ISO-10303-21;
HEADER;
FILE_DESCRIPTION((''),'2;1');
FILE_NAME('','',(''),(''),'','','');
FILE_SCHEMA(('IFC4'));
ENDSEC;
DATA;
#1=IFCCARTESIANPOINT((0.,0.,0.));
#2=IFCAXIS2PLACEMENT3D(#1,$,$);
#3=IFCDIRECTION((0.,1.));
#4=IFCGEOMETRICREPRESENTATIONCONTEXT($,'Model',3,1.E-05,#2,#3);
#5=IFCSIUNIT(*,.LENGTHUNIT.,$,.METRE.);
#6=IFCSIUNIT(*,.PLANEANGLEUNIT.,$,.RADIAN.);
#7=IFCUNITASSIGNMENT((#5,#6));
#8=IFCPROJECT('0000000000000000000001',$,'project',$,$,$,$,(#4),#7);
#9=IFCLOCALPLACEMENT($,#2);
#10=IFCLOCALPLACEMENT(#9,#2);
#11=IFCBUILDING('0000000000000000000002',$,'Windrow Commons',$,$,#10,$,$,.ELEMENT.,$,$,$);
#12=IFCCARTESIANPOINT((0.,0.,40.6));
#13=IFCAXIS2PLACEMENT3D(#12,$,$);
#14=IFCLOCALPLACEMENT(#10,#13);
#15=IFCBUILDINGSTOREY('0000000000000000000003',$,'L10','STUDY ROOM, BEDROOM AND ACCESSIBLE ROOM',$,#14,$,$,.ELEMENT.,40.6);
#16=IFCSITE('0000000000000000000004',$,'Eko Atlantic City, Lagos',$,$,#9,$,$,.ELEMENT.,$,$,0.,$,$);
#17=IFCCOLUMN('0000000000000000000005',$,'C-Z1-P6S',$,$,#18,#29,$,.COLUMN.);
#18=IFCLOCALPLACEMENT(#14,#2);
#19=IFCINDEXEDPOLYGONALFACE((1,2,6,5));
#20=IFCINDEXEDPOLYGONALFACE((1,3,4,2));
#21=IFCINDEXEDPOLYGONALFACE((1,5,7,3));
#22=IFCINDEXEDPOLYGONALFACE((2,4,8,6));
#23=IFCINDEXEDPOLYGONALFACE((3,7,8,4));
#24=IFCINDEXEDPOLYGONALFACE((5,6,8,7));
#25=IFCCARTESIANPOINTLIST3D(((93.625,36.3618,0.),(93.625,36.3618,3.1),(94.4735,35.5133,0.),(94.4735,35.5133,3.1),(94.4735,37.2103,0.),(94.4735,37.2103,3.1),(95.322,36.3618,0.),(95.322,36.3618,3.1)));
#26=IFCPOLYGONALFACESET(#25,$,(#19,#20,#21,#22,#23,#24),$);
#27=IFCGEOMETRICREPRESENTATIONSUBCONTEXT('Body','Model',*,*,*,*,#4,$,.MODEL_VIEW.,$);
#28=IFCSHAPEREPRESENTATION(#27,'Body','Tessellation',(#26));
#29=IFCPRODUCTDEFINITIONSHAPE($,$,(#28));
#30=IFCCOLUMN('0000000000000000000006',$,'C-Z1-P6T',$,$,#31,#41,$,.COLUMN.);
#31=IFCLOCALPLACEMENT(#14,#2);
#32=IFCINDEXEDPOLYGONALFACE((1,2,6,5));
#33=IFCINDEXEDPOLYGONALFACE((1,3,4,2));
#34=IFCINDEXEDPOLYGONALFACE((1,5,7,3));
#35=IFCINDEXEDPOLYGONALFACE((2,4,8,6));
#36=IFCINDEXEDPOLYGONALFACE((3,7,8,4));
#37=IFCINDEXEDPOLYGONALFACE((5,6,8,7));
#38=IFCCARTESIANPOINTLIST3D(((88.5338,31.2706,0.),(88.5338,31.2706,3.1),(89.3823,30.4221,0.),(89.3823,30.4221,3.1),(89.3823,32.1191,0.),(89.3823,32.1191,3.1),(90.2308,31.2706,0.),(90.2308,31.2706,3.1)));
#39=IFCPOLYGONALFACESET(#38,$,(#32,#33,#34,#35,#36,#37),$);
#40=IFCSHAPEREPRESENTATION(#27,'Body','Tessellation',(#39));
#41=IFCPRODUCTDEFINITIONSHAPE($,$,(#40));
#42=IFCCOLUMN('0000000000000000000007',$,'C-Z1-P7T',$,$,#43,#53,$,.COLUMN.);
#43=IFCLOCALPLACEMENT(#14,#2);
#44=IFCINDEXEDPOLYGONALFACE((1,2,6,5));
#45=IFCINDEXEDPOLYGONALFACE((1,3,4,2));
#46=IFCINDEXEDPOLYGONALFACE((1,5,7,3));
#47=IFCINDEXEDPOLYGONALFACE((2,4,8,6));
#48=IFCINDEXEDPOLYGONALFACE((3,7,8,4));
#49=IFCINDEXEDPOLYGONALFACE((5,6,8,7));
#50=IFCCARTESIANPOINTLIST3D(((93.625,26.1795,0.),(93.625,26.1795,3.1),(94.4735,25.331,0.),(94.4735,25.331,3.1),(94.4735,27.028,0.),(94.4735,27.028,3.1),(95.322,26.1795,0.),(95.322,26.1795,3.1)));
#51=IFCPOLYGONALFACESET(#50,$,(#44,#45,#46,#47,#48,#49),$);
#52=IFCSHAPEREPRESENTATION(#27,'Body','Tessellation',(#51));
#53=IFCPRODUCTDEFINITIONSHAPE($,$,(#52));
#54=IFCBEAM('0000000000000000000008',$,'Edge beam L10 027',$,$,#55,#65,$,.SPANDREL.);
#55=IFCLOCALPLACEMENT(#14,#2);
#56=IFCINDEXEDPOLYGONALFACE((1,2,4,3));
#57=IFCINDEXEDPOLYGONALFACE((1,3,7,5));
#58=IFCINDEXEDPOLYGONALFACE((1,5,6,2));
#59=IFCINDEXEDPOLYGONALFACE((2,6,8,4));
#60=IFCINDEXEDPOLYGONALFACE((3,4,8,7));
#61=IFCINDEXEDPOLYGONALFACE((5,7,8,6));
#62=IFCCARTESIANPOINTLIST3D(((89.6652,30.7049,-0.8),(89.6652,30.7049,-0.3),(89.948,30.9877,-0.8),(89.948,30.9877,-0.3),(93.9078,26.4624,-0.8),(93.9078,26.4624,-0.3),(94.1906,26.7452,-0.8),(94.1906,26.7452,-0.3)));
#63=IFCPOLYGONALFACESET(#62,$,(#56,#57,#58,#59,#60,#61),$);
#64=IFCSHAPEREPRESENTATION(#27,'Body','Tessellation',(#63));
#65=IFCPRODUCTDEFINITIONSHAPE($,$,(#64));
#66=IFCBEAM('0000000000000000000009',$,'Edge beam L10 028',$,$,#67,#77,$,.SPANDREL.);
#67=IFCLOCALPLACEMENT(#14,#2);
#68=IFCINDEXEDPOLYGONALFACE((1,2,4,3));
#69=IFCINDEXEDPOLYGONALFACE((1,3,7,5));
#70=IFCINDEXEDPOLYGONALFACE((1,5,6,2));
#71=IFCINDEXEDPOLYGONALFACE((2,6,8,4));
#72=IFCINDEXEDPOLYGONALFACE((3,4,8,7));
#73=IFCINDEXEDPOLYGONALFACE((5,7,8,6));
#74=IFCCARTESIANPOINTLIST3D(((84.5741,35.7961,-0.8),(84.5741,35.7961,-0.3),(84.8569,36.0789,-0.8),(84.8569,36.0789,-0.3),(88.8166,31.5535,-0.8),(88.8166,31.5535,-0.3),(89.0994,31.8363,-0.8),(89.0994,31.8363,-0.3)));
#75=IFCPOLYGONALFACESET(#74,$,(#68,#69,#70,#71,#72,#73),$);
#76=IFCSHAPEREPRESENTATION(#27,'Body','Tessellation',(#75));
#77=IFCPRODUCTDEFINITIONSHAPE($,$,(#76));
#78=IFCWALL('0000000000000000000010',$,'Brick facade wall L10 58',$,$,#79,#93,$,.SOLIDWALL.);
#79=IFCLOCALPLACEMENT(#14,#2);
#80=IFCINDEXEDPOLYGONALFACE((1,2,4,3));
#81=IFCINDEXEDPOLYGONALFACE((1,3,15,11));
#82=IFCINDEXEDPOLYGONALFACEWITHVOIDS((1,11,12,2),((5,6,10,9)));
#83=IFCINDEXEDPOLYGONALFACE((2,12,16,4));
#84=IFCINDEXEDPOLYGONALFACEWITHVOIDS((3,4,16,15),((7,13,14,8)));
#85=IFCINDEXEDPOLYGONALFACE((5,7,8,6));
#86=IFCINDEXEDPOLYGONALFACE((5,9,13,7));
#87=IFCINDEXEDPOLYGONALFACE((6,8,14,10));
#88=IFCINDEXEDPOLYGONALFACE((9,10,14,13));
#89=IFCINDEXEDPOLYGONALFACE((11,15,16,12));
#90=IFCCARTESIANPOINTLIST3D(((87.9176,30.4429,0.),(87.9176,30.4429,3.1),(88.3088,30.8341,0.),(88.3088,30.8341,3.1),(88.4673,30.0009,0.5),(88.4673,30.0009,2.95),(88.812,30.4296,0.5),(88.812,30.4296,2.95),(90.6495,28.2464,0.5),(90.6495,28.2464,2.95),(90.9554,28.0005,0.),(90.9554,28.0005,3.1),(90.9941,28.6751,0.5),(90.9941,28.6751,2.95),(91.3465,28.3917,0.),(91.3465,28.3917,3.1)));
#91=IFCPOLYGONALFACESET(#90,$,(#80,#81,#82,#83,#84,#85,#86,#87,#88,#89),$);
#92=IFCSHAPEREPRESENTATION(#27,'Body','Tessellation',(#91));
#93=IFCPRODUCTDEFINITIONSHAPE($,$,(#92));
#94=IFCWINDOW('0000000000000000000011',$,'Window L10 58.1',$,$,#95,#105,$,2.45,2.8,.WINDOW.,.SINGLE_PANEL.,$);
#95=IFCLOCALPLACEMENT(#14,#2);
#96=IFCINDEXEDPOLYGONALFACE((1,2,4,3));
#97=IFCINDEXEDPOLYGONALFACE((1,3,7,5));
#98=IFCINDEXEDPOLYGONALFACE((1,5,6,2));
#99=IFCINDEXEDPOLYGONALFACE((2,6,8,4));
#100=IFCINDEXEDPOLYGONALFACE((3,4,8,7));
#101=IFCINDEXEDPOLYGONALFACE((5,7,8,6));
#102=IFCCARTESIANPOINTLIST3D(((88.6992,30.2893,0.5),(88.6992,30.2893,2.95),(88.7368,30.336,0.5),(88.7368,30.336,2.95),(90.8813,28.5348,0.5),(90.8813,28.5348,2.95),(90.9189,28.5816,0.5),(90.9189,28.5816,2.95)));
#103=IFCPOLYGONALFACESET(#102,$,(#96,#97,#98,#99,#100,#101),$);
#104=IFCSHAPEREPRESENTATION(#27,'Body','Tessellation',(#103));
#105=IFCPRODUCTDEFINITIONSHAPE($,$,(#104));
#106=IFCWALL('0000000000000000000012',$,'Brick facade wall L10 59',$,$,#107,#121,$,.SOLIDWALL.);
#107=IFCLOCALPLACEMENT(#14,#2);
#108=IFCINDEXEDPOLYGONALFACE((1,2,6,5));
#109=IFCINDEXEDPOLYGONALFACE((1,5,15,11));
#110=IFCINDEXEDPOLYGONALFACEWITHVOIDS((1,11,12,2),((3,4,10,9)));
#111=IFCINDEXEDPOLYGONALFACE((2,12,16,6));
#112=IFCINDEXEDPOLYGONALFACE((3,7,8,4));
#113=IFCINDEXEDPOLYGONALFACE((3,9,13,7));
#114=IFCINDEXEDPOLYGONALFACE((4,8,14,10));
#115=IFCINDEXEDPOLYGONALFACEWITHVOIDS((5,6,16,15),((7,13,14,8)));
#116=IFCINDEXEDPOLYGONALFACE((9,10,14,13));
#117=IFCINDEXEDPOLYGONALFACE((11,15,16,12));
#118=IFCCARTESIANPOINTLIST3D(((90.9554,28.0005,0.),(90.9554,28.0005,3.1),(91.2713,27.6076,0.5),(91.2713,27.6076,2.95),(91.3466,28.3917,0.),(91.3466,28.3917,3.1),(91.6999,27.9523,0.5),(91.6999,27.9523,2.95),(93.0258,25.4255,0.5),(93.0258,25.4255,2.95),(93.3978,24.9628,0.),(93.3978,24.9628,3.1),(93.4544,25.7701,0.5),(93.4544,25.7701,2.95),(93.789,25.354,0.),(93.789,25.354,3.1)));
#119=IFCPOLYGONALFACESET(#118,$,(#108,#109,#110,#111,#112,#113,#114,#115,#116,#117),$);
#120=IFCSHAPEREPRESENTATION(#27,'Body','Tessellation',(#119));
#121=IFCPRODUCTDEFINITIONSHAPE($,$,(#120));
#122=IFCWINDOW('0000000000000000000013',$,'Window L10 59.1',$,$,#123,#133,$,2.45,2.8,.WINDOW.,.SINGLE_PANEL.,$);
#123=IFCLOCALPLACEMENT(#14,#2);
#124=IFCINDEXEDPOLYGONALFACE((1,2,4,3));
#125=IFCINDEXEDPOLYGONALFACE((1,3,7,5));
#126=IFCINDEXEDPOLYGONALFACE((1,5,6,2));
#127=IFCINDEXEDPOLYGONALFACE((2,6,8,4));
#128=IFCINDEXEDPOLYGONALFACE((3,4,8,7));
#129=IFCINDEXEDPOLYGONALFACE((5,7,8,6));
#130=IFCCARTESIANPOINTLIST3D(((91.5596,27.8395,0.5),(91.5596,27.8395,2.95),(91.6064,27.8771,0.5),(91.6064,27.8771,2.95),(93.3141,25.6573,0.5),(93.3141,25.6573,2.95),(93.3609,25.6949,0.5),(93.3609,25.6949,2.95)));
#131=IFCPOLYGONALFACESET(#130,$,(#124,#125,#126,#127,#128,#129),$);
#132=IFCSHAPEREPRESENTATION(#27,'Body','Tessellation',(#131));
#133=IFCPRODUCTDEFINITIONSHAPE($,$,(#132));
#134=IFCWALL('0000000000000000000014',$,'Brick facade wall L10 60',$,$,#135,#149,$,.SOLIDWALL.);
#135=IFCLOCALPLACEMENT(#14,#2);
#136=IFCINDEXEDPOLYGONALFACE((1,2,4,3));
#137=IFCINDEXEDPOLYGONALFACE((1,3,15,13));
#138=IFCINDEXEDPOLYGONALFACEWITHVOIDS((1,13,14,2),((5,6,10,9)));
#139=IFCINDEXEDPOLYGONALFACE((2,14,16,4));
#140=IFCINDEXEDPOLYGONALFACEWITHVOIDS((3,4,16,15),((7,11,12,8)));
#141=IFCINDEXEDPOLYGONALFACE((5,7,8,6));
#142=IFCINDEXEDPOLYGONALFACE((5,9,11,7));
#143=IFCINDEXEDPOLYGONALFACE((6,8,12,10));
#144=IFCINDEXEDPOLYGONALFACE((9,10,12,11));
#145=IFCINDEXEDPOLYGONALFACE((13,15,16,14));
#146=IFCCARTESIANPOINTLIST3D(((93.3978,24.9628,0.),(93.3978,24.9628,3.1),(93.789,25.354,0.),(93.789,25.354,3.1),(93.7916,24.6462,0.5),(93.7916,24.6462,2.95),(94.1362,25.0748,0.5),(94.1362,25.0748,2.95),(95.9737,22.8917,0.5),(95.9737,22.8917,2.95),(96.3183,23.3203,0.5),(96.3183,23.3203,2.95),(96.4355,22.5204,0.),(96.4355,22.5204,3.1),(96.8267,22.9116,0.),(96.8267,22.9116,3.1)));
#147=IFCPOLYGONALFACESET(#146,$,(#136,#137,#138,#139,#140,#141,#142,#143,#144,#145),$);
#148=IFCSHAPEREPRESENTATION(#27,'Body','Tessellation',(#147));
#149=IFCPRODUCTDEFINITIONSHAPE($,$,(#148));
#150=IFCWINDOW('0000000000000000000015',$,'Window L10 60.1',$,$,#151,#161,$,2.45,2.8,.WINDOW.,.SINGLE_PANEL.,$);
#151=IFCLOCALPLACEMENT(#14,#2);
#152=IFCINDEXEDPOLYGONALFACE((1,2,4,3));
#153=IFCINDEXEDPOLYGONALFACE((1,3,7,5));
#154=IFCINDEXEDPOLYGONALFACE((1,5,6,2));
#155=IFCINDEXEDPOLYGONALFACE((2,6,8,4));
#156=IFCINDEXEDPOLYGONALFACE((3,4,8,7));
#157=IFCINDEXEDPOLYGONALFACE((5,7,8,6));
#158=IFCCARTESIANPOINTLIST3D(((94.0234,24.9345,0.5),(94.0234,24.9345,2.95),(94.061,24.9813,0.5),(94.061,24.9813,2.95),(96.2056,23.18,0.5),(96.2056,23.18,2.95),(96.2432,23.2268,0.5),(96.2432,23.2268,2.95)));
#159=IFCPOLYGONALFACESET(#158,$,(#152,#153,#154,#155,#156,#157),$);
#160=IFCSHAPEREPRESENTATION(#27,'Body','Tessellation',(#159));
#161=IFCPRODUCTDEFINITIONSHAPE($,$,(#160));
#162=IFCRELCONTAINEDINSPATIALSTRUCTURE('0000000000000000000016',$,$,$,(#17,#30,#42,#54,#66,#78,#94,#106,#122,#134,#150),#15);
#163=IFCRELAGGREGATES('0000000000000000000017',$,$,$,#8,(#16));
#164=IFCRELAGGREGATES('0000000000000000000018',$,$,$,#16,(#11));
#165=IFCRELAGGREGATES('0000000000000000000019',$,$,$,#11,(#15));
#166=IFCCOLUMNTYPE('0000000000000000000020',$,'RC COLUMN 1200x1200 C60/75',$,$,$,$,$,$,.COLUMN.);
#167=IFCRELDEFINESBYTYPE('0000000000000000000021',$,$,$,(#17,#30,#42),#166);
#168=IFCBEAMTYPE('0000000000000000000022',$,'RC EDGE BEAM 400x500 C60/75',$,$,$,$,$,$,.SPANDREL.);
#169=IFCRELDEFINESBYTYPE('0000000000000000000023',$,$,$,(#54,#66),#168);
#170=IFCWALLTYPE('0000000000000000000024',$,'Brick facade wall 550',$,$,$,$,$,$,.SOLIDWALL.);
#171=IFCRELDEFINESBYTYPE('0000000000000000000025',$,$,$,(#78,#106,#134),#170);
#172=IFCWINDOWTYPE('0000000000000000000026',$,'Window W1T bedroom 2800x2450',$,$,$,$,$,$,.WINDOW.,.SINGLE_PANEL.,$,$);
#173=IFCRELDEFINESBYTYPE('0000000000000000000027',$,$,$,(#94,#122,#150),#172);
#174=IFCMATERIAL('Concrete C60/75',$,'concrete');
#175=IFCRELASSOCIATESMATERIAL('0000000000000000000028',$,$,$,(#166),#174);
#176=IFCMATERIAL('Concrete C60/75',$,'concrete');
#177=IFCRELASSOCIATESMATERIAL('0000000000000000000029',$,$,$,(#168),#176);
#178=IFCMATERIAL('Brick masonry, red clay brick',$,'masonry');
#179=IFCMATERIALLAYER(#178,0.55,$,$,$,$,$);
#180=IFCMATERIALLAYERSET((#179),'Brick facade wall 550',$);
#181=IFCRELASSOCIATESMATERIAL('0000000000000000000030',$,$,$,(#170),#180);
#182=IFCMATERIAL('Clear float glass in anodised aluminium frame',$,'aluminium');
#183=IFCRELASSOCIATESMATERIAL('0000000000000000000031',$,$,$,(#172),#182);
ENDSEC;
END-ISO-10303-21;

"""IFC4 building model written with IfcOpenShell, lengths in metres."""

from ifc_helpers import new_model, si_unit, direction, frame, frame_2d, origin, origin_2d, place, context, subcontext, project, spatial, polyline, rectangle, outline, extrude, material, layer, layer_set, material_profile, profile_set, type_object, element, fill, save


model = new_model("IFC4")

# Units and contexts
model_context = context("Model", 3, precision=1e-05, world=origin(), true_north=direction((0.0, 1.0)))
body_context = subcontext(model_context, "Body", "Model", "MODEL_VIEW")
ifc_project = project(units=[si_unit("LENGTHUNIT", "METRE"), si_unit("PLANEANGLEUNIT", "RADIAN")], contexts=[model_context])

# Site, building, storey
site_placement = place(None, origin())
site = spatial("IfcSite", under=ifc_project, at=site_placement, Name="Eko Atlantic City, Lagos", CompositionType="ELEMENT", RefElevation=0.0)
building_placement = place(site_placement, origin())
building = spatial("IfcBuilding", under=site, at=building_placement, Name="Windrow Commons", CompositionType="ELEMENT")
storey_placement = place(building_placement, frame((0.0, 0.0, 40.6)))
storey = spatial("IfcBuildingStorey", under=building, at=storey_placement, Name="L10", Description="STUDY ROOM, BEDROOM AND ACCESSIBLE ROOM", CompositionType="ELEMENT", Elevation=40.6)

# Columns
ifc_material_1 = material(Name="Concrete C60/75", Category="concrete")
ifc_material_profile_1 = material_profile(ifc_material_1, rectangle(XDim=1.2, YDim=1.2, at=origin_2d()))
ifc_profile_set_1 = profile_set([ifc_material_profile_1], Name="Concrete C60/75")
column_type = type_object("IfcColumnType", Name="RC COLUMN 1200x1200 C60/75", PredefinedType="COLUMN", material=ifc_profile_set_1)
for number, where, z_axis, x_axis, name in (
    (1, (94.4735, 36.3618, 0.0), (0.0, 0.0, 1.0), (0.707107, -0.707107, 0.0), "C-Z1-P6S"),
    (2, (89.3823, 31.2706, 0.0), (0.0, 0.0, 1.0), (0.707107, -0.707107, 0.0), "C-Z1-P6T"),
    (3, (94.4735, 26.1795, 0.0), (0.0, 0.0, 1.0), (0.707107, -0.707107, 0.0), "C-Z1-P7T"),
):
    element("IfcColumn", number, at=place(storey_placement, frame(where, z_axis=z_axis, x_axis=x_axis)), inside=storey, type_object=column_type, Name=name, PredefinedType="COLUMN", context=body_context, shape_type="SweptSolid", body=[
        extrude(rectangle(XDim=1.2, YDim=1.2, at=origin_2d()), origin(), (0.0, 0.0, 1.0), 3.1),
    ])

# Beams
ifc_material_2 = material(Name="Concrete C60/75", Category="concrete")
ifc_material_profile_2 = material_profile(ifc_material_2, rectangle(XDim=0.4, YDim=0.5, at=origin_2d()))
ifc_profile_set_2 = profile_set([ifc_material_profile_2], Name="Concrete C60/75")
beam_type = type_object("IfcBeamType", Name="RC EDGE BEAM 400x500 C60/75", PredefinedType="SPANDREL", material=ifc_profile_set_2)
for number, where, z_axis, x_axis, name in (
    (4, (94.0492, 26.6038, -0.55), (-0.707115, 0.707098, 0.0), (-0.707098, -0.707115, 0.0), "Edge beam L10 027"),
    (5, (88.958, 31.6949, -0.55), (-0.707098, 0.707115, 0.0), (-0.707115, -0.707098, 0.0), "Edge beam L10 028"),
):
    element("IfcBeam", number, at=place(storey_placement, frame(where, z_axis=z_axis, x_axis=x_axis)), inside=storey, type_object=beam_type, Name=name, PredefinedType="SPANDREL", context=body_context, shape_type="SweptSolid", body=[
        extrude(rectangle(XDim=0.4, YDim=0.5, at=origin_2d()), origin(), (0.0, 0.0, 1.0), 5.9999),
    ])

# Walls, openings, windows
ifc_material_3 = material(Name="Brick masonry, red clay brick", Category="masonry")
ifc_layer_1 = layer(ifc_material_3, 0.55)
ifc_layer_set_1 = layer_set([ifc_layer_1], Name="Brick facade wall 550")
wall_type_1 = type_object("IfcWallType", Name="Brick facade wall 550", PredefinedType="SOLIDWALL", material=ifc_layer_set_1)
wall_1_placement = place(storey_placement, frame((88.1132, 30.6385, 0.0), z_axis=(0.0, 0.0, 1.0), x_axis=(0.779345, -0.626595, 0.0)))
wall_1 = element("IfcWall", 6, at=wall_1_placement, inside=storey, type_object=wall_type_1, Name="Brick facade wall L10 58", PredefinedType="SOLIDWALL", context=body_context, shape_type="SweptSolid", body=[
    extrude(outline(polyline([(-0.0299, -0.275), (3.868, -0.275), (3.9277, 0.275), (0.0299, 0.275), (-0.0299, -0.275)])), origin(), (0.0, 0.0, 1.0), 3.1),
])
opening_1_placement = place(wall_1_placement, frame((0.6755, 0.0, 0.5)))
opening_1 = element("IfcOpeningElement", 7, at=opening_1_placement, cuts=wall_1, PredefinedType="OPENING", context=body_context, shape_type="SweptSolid", body=[
    extrude(rectangle(XDim=2.8, YDim=2.45, at=frame_2d((1.4, 1.225))), frame((0.0, 0.285, 0.0), z_axis=(0.0, -1.0, 0.0), x_axis=(1.0, 0.0, 0.0)), (0.0, 0.0, 1.0), 0.57),
])
ifc_material_4 = material(Name="Clear float glass in anodised aluminium frame", Category="aluminium")
window_type = type_object("IfcWindowType", Name="Window W1T bedroom 2800x2450", PartitioningType="SINGLE_PANEL", PredefinedType="WINDOW", material=ifc_material_4)
window_1_placement = place(opening_1_placement, origin())
window_1 = element("IfcWindow", 8, at=window_1_placement, inside=storey, type_object=window_type, Name="Window L10 58.1", OverallHeight=2.45, OverallWidth=2.8, PartitioningType="SINGLE_PANEL", PredefinedType="WINDOW", context=body_context, shape_type="SweptSolid", body=[
    extrude(rectangle(XDim=2.8, YDim=2.45, at=frame_2d((1.4, 1.225))), frame((0.0, 0.155, 0.0), z_axis=(0.0, -1.0, 0.0), x_axis=(1.0, 0.0, 0.0)), (0.0, 0.0, 1.0), 0.06),
])
fill(opening_1, window_1)
wall_2_placement = place(storey_placement, frame((91.151, 28.1961, 0.0), z_axis=(0.0, 0.0, 1.0), x_axis=(0.626608, -0.779335, 0.0)))
wall_2 = element("IfcWall", 9, at=wall_2_placement, inside=storey, type_object=wall_type_1, Name="Brick facade wall L10 59", PredefinedType="SOLIDWALL", context=body_context, shape_type="SweptSolid", body=[
    extrude(outline(polyline([(0.0299, -0.275), (3.9277, -0.275), (3.868, 0.275), (-0.0299, 0.275), (0.0299, -0.275)])), origin(), (0.0, 0.0, 1.0), 3.1),
])
opening_2_placement = place(wall_2_placement, frame((0.534, 0.0, 0.5)))
opening_2 = element("IfcOpeningElement", 10, at=opening_2_placement, cuts=wall_2, PredefinedType="OPENING", context=body_context, shape_type="SweptSolid", body=[
    extrude(rectangle(XDim=2.8, YDim=2.45, at=frame_2d((1.4, 1.225))), frame((0.0, 0.285, 0.0), z_axis=(0.0, -1.0, 0.0), x_axis=(1.0, 0.0, 0.0)), (0.0, 0.0, 1.0), 0.57),
])
window_2_placement = place(opening_2_placement, origin())
window_2 = element("IfcWindow", 11, at=window_2_placement, inside=storey, type_object=window_type, Name="Window L10 59.1", OverallHeight=2.45, OverallWidth=2.8, PartitioningType="SINGLE_PANEL", PredefinedType="WINDOW", context=body_context, shape_type="SweptSolid", body=[
    extrude(rectangle(XDim=2.8, YDim=2.45, at=frame_2d((1.4, 1.225))), frame((0.0, 0.155, 0.0), z_axis=(0.0, -1.0, 0.0), x_axis=(1.0, 0.0, 0.0)), (0.0, 0.0, 1.0), 0.06),
])
fill(opening_2, window_2)
wall_3_placement = place(storey_placement, frame((93.5934, 25.1584, 0.0), z_axis=(0.0, 0.0, 1.0), x_axis=(0.779335, -0.626608, 0.0)))
wall_3 = element("IfcWall", 12, at=wall_3_placement, inside=storey, type_object=wall_type_1, Name="Brick facade wall L10 60", PredefinedType="SOLIDWALL", context=body_context, shape_type="SweptSolid", body=[
    extrude(outline(polyline([(-0.0299, -0.275), (3.868, -0.275), (3.9277, 0.275), (0.0299, 0.275), (-0.0299, -0.275)])), origin(), (0.0, 0.0, 1.0), 3.1),
])
opening_3_placement = place(wall_3_placement, frame((0.4754, 0.0, 0.5)))
opening_3 = element("IfcOpeningElement", 13, at=opening_3_placement, cuts=wall_3, PredefinedType="OPENING", context=body_context, shape_type="SweptSolid", body=[
    extrude(rectangle(XDim=2.8, YDim=2.45, at=frame_2d((1.4, 1.225))), frame((0.0, 0.285, 0.0), z_axis=(0.0, -1.0, 0.0), x_axis=(1.0, 0.0, 0.0)), (0.0, 0.0, 1.0), 0.57),
])
window_3_placement = place(opening_3_placement, origin())
window_3 = element("IfcWindow", 14, at=window_3_placement, inside=storey, type_object=window_type, Name="Window L10 60.1", OverallHeight=2.45, OverallWidth=2.8, PartitioningType="SINGLE_PANEL", PredefinedType="WINDOW", context=body_context, shape_type="SweptSolid", body=[
    extrude(rectangle(XDim=2.8, YDim=2.45, at=frame_2d((1.4, 1.225))), frame((0.0, 0.155, 0.0), z_axis=(0.0, -1.0, 0.0), x_axis=(1.0, 0.0, 0.0)), (0.0, 0.0, 1.0), 0.06),
])
fill(opening_3, window_3)

save(model, "model.ifc")
